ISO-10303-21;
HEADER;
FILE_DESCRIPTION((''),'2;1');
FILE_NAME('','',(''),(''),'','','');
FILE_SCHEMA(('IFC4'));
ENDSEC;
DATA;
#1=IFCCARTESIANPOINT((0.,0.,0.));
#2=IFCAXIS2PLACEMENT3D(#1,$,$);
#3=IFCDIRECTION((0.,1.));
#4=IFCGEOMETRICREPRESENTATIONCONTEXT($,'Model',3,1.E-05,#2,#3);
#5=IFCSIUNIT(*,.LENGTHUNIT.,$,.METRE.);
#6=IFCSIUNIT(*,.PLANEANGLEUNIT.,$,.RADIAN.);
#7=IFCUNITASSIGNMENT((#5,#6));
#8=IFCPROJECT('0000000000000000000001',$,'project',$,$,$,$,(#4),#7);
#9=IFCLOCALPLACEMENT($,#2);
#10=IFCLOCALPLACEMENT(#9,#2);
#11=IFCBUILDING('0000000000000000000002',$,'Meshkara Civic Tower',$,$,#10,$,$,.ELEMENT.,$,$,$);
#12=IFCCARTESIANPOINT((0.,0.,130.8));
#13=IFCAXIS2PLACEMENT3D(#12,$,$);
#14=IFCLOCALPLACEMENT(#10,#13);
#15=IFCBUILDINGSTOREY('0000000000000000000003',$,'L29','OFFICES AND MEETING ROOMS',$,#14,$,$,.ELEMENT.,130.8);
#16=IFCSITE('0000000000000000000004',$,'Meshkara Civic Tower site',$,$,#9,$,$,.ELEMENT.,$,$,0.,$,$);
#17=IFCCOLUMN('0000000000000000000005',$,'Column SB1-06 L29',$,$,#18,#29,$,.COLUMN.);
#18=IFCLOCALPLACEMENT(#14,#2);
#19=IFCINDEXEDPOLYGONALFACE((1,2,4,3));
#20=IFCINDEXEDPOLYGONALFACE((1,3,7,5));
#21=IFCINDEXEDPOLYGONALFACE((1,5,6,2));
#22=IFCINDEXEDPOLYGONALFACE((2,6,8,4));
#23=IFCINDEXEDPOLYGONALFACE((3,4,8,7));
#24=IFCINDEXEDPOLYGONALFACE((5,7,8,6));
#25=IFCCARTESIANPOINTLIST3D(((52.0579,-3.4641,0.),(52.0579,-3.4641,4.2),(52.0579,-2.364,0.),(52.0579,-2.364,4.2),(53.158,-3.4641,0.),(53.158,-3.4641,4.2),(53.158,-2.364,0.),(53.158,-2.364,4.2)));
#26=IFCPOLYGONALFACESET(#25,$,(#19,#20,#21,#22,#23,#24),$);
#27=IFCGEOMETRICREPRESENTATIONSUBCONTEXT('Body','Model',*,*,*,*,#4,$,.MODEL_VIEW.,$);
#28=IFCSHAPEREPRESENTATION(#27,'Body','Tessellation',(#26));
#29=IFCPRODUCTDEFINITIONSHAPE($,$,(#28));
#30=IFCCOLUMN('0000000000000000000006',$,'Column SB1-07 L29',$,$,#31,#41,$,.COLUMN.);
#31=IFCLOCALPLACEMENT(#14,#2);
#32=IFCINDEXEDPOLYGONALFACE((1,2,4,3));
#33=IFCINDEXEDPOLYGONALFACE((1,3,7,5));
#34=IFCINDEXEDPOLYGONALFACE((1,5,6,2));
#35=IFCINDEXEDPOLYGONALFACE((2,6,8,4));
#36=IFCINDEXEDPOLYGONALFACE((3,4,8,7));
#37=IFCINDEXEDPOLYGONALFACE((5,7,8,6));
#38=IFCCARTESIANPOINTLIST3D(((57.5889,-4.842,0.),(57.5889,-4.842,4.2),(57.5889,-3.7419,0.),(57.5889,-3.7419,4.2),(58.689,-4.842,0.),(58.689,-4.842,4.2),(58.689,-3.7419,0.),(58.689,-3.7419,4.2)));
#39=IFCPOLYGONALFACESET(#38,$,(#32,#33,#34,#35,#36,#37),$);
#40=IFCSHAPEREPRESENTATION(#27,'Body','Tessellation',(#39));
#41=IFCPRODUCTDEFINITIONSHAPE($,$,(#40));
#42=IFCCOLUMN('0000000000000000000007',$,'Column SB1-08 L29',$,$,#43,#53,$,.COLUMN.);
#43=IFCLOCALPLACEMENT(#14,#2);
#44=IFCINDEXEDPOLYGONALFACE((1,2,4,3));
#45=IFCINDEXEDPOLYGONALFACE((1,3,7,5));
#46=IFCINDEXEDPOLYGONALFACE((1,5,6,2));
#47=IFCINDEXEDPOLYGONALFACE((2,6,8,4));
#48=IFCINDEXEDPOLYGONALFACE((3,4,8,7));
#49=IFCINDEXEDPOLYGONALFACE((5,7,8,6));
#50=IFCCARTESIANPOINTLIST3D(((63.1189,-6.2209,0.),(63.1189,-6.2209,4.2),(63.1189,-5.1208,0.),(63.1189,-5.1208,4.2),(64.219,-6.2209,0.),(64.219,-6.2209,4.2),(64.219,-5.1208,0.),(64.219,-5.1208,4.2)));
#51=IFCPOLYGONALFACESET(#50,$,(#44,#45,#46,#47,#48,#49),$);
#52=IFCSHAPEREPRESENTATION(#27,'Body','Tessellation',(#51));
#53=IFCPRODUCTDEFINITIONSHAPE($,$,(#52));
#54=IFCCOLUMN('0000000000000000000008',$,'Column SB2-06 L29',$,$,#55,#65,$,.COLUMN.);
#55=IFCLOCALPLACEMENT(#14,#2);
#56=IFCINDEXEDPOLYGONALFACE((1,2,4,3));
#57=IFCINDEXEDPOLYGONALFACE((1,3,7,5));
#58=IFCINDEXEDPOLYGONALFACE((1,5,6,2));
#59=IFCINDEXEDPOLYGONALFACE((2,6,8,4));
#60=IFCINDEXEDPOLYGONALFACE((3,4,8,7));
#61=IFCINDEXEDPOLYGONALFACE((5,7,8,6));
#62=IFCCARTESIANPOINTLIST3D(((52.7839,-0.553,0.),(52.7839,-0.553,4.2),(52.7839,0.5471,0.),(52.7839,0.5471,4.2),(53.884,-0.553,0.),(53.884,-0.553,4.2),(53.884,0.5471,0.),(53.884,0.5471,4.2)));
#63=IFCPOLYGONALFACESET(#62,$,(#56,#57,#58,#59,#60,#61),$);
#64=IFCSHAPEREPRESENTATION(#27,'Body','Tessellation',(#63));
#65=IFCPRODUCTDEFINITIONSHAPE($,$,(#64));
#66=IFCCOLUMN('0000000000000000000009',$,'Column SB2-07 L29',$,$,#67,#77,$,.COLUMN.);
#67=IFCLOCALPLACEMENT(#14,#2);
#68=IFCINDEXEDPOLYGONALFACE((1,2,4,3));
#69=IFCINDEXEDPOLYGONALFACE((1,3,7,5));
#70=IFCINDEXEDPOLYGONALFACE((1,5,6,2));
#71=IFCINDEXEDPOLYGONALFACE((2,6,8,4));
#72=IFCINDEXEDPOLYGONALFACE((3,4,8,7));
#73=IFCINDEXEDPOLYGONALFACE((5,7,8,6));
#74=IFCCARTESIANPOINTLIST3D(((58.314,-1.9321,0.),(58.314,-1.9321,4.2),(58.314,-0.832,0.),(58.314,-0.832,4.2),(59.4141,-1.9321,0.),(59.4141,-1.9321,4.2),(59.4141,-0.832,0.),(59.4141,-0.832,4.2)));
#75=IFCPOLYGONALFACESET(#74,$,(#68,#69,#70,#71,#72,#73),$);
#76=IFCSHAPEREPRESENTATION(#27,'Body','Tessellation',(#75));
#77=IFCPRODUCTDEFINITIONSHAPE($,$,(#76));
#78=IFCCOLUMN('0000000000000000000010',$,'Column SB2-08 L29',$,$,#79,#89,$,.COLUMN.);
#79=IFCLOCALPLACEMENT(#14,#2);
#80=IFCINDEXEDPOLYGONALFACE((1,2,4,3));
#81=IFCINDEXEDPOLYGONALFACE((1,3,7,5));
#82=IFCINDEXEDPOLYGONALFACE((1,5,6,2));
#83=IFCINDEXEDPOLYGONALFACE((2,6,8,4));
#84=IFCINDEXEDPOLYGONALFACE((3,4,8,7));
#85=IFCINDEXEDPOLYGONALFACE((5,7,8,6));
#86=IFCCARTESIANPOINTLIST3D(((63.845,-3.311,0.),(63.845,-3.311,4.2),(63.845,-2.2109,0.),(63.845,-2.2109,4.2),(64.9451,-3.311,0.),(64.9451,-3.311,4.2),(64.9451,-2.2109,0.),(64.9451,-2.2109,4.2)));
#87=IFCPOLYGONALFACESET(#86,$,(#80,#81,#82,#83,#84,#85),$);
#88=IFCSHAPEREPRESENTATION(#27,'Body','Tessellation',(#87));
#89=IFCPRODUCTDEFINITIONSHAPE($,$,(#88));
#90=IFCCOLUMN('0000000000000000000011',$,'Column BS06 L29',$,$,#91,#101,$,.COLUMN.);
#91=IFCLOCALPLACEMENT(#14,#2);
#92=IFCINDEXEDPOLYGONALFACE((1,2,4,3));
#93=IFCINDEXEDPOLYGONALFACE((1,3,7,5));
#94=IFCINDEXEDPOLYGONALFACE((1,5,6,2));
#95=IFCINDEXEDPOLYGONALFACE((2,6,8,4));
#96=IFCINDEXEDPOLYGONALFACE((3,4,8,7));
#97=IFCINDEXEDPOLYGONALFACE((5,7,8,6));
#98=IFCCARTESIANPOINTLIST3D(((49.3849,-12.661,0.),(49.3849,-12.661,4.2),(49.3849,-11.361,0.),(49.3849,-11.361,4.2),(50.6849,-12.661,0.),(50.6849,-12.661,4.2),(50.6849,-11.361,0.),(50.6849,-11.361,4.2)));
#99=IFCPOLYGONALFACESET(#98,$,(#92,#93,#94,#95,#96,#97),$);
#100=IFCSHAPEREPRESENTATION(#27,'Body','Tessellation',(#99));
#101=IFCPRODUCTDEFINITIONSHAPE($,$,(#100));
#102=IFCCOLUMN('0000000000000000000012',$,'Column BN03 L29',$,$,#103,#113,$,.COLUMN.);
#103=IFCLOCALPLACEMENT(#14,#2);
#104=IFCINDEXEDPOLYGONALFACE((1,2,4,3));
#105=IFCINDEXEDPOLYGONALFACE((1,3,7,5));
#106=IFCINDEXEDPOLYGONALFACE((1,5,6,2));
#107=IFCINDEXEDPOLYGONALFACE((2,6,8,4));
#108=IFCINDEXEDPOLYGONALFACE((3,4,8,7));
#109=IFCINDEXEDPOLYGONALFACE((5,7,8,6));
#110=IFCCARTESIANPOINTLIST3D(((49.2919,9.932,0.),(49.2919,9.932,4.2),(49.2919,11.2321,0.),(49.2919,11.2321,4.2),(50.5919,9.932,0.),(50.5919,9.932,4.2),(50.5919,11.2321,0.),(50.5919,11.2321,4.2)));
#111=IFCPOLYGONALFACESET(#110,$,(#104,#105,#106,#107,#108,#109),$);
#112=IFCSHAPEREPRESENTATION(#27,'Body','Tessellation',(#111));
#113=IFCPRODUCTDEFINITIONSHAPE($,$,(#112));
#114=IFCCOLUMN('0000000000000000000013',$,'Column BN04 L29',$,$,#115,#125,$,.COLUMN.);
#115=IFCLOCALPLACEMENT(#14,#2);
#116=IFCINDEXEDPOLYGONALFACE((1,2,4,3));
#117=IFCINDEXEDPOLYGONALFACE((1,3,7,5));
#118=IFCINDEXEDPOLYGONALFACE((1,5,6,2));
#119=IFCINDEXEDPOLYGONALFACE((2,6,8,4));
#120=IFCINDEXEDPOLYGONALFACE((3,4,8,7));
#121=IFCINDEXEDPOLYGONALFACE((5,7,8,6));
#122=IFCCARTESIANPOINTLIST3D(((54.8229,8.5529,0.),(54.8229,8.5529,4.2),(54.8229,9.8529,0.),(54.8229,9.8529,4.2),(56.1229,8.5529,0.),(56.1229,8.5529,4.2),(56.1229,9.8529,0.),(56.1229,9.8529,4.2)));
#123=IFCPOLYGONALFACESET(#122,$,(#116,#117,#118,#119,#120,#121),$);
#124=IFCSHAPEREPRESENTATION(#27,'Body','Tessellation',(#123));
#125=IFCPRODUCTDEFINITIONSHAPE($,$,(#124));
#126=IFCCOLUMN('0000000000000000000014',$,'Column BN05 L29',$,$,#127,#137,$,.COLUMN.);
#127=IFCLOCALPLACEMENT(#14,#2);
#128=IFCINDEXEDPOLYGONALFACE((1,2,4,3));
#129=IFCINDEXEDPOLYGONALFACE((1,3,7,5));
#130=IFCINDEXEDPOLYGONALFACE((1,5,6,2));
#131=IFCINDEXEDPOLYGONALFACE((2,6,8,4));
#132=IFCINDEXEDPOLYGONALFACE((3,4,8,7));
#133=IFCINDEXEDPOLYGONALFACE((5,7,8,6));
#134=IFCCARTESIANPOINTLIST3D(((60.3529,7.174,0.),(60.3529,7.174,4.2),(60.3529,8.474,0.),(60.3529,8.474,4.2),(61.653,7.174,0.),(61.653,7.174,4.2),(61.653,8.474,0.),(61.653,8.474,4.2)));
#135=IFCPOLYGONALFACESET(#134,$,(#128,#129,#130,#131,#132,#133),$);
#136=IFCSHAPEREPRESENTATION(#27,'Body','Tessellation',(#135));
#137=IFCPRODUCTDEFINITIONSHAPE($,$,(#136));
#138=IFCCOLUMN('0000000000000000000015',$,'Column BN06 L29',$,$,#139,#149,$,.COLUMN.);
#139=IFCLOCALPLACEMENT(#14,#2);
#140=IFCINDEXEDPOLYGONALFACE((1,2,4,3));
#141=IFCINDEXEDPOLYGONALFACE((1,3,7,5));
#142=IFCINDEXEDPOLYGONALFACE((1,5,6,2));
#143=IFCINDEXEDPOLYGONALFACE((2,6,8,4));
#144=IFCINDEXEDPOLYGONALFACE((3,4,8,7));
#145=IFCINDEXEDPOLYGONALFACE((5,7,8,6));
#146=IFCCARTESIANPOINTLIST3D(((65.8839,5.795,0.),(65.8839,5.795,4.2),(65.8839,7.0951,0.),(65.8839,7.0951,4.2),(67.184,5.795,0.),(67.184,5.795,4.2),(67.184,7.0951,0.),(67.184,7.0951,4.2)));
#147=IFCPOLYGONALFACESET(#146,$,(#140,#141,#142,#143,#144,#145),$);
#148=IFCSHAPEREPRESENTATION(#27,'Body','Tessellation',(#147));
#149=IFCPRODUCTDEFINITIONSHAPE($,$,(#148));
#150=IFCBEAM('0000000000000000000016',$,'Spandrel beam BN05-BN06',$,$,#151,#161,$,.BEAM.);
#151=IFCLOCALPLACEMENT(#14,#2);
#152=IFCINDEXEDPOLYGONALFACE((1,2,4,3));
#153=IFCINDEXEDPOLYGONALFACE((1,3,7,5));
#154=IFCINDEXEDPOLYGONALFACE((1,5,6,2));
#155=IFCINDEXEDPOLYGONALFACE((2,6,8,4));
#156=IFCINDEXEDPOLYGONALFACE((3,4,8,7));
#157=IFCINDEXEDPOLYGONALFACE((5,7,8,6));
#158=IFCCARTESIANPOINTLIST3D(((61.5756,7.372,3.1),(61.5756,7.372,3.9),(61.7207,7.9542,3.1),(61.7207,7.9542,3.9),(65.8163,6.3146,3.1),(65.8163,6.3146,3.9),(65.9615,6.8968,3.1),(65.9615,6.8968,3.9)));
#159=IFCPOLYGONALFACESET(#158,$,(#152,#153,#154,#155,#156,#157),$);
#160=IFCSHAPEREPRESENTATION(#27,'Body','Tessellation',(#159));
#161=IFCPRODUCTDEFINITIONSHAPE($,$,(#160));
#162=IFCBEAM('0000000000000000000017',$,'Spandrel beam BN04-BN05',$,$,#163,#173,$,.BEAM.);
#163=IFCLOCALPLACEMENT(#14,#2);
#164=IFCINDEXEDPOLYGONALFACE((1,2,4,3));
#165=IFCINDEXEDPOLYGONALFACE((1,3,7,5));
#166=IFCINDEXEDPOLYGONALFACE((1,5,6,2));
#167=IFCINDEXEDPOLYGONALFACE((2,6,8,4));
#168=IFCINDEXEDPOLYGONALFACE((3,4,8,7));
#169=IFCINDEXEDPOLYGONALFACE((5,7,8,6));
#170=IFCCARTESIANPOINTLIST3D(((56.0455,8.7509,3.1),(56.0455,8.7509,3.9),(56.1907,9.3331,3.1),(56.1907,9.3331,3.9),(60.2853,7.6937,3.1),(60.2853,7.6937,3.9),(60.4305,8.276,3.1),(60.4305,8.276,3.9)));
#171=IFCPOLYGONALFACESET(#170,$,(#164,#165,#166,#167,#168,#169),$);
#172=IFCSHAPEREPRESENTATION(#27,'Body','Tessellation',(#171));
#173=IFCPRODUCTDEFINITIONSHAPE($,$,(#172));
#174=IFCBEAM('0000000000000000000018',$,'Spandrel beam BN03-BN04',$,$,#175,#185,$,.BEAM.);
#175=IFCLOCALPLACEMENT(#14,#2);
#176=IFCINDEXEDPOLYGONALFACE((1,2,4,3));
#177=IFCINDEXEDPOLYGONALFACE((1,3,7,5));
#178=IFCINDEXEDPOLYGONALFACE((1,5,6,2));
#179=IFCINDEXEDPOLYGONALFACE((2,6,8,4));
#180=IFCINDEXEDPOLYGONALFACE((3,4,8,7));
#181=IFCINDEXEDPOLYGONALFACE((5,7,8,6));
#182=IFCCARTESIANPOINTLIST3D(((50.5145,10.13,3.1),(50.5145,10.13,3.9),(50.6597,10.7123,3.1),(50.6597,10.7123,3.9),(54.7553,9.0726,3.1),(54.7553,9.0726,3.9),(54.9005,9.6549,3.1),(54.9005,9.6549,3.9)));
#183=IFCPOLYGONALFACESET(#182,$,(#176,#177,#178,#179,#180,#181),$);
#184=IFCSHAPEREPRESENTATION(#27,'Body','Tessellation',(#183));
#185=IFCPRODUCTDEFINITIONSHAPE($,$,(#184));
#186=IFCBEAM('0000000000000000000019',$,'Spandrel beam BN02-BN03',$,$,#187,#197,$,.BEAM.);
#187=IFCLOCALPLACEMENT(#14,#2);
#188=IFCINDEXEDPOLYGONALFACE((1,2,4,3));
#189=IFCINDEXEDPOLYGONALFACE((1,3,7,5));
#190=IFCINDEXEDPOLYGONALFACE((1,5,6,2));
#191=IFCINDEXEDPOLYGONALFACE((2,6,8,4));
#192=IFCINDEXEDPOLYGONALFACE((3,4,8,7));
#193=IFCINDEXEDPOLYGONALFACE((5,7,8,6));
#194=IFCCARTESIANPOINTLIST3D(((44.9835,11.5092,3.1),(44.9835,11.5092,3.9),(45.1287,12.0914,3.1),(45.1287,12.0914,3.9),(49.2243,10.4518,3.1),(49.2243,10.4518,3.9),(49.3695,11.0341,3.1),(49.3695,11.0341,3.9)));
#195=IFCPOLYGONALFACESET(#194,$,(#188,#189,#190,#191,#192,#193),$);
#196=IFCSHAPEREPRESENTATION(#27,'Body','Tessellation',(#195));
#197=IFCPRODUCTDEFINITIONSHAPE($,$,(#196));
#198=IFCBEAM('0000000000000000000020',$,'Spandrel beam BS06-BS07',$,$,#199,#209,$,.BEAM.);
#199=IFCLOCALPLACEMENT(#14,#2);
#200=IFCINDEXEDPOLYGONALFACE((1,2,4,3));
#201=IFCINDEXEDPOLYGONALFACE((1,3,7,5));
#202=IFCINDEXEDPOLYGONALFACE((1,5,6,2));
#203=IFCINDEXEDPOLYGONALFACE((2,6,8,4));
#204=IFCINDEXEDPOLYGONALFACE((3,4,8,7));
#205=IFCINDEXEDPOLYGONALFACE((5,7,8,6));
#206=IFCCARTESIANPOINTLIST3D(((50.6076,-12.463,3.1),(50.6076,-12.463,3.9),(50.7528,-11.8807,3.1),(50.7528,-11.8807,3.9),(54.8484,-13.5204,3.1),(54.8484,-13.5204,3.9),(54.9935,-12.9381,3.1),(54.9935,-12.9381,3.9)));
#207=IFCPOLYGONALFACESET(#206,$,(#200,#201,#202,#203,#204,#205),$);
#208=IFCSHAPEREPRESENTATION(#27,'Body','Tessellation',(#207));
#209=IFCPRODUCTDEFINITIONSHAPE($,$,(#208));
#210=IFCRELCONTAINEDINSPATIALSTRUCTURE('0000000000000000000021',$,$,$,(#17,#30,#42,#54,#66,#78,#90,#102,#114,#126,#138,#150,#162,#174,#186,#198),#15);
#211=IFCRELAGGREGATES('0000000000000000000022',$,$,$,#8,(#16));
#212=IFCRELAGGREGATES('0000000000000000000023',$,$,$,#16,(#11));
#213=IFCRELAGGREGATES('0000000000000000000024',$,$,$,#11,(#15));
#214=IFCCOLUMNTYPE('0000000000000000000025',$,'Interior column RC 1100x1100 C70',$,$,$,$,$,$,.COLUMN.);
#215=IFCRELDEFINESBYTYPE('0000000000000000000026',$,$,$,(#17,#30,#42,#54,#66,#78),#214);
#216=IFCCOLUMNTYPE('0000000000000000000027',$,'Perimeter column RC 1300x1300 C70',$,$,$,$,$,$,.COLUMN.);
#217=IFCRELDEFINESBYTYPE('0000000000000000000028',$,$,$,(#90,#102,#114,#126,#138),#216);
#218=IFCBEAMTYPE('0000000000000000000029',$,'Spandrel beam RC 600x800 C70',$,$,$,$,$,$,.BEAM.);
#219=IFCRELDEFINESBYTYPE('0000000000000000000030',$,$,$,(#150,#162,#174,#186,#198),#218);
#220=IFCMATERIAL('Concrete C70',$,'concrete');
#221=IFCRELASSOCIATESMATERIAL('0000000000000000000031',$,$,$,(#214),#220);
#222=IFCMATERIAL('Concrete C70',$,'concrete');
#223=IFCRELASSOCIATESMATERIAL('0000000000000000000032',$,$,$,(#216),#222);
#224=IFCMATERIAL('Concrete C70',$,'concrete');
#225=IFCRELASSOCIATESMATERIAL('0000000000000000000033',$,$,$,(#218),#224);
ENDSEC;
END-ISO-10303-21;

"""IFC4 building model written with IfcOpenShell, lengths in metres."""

from ifc_helpers import new_model, si_unit, direction, frame, origin, origin_2d, place, context, subcontext, project, spatial, rectangle, extrude, material, material_profile, profile_set, type_object, element, save


model = new_model("IFC4")

# Units and contexts
model_context = context("Model", 3, precision=1e-05, world=origin(), true_north=direction((0.0, 1.0)))
body_context = subcontext(model_context, "Body", "Model", "MODEL_VIEW")
ifc_project = project(units=[si_unit("LENGTHUNIT", "METRE"), si_unit("PLANEANGLEUNIT", "RADIAN")], contexts=[model_context])

# Site, building, storey
site_placement = place(None, origin())
site = spatial("IfcSite", under=ifc_project, at=site_placement, Name="Meshkara Civic Tower site", CompositionType="ELEMENT", RefElevation=0.0)
building_placement = place(site_placement, origin())
building = spatial("IfcBuilding", under=site, at=building_placement, Name="Meshkara Civic Tower", CompositionType="ELEMENT")
storey_placement = place(building_placement, frame((0.0, 0.0, 130.8)))
storey = spatial("IfcBuildingStorey", under=building, at=storey_placement, Name="L29", Description="OFFICES AND MEETING ROOMS", CompositionType="ELEMENT", Elevation=130.8)

# Columns
ifc_material_1 = material(Name="Concrete C70", Category="concrete")
ifc_material_profile_1 = material_profile(ifc_material_1, rectangle(XDim=1.1001, YDim=1.1001, at=origin_2d()))
ifc_profile_set_1 = profile_set([ifc_material_profile_1], Name="Concrete C70")
column_type_1 = type_object("IfcColumnType", Name="Interior column RC 1100x1100 C70", PredefinedType="COLUMN", material=ifc_profile_set_1)
for number, where, z_axis, x_axis, name in (
    (1, (52.6079, -2.9141, 0.0), (0.0, 0.0, 1.0), (1.0, 0.0, 0.0), "Column SB1-06 L29"),
    (2, (58.1389, -4.292, 0.0), (0.0, 0.0, 1.0), (1.0, 0.0, 0.0), "Column SB1-07 L29"),
    (3, (63.6689, -5.6709, 0.0), (0.0, 0.0, 1.0), (1.0, 0.0, 0.0), "Column SB1-08 L29"),
    (4, (53.334, -0.0029, 0.0), (0.0, 0.0, 1.0), (1.0, 0.0, 0.0), "Column SB2-06 L29"),
    (5, (58.864, -1.3821, 0.0), (0.0, 0.0, 1.0), (1.0, 0.0, 0.0), "Column SB2-07 L29"),
    (6, (64.395, -2.761, 0.0), (0.0, 0.0, 1.0), (1.0, 0.0, 0.0), "Column SB2-08 L29"),
):
    element("IfcColumn", number, at=place(storey_placement, frame(where, z_axis=z_axis, x_axis=x_axis)), inside=storey, type_object=column_type_1, Name=name, PredefinedType="COLUMN", context=body_context, shape_type="SweptSolid", body=[
        extrude(rectangle(XDim=1.1001, YDim=1.1001, at=origin_2d()), origin(), (0.0, 0.0, 1.0), 4.2),
    ])
ifc_material_2 = material(Name="Concrete C70", Category="concrete")
ifc_material_profile_2 = material_profile(ifc_material_2, rectangle(XDim=1.3, YDim=1.3, at=origin_2d()))
ifc_profile_set_2 = profile_set([ifc_material_profile_2], Name="Concrete C70")
column_type_2 = type_object("IfcColumnType", Name="Perimeter column RC 1300x1300 C70", PredefinedType="COLUMN", material=ifc_profile_set_2)
for number, where, z_axis, x_axis, name in (
    (7, (50.0349, -12.011, 0.0), (0.0, 0.0, 1.0), (1.0, 0.0, 0.0), "Column BS06 L29"),
    (8, (49.9419, 10.582, 0.0), (0.0, 0.0, 1.0), (1.0, 0.0, 0.0), "Column BN03 L29"),
    (9, (55.4729, 9.2029, 0.0), (0.0, 0.0, 1.0), (1.0, 0.0, 0.0), "Column BN04 L29"),
    (10, (61.0029, 7.824, 0.0), (0.0, 0.0, 1.0), (1.0, 0.0, 0.0), "Column BN05 L29"),
    (11, (66.5339, 6.4451, 0.0), (0.0, 0.0, 1.0), (1.0, 0.0, 0.0), "Column BN06 L29"),
):
    element("IfcColumn", number, at=place(storey_placement, frame(where, z_axis=z_axis, x_axis=x_axis)), inside=storey, type_object=column_type_2, Name=name, PredefinedType="COLUMN", context=body_context, shape_type="SweptSolid", body=[
        extrude(rectangle(XDim=1.3, YDim=1.3, at=origin_2d()), origin(), (0.0, 0.0, 1.0), 4.2),
    ])

# Beams
ifc_material_3 = material(Name="Concrete C70", Category="concrete")
ifc_material_profile_3 = material_profile(ifc_material_3, rectangle(XDim=0.6001, YDim=0.8, at=origin_2d()))
ifc_profile_set_3 = profile_set([ifc_material_profile_3], Name="Concrete C70")
beam_type = type_object("IfcBeamType", Name="Spandrel beam RC 600x800 C70", PredefinedType="BEAM", material=ifc_profile_set_3)
beam_1_placement = place(storey_placement, frame((65.8889, 6.6057, 3.5), z_axis=(-0.970293, 0.241931, 0.0), x_axis=(-0.241931, -0.970293, 0.0)))
element("IfcBeam", 12, at=beam_1_placement, inside=storey, type_object=beam_type, Name="Spandrel beam BN05-BN06", PredefinedType="BEAM", context=body_context, shape_type="SweptSolid", body=[
    extrude(rectangle(XDim=0.6001, YDim=0.8, at=origin_2d()), origin(), (0.0, 0.0, 1.0), 4.3706),
])
beam_2_placement = place(storey_placement, frame((60.3579, 7.9849, 3.5), z_axis=(-0.970293, 0.241931, 0.0), x_axis=(-0.241931, -0.970293, 0.0)))
element("IfcBeam", 13, at=beam_2_placement, inside=storey, type_object=beam_type, Name="Spandrel beam BN04-BN05", PredefinedType="BEAM", context=body_context, shape_type="SweptSolid", body=[
    extrude(rectangle(XDim=0.6001, YDim=0.8, at=origin_2d()), origin(), (0.0, 0.0, 1.0), 4.3696),
])
for number, where, z_axis, x_axis, name in (
    (14, (54.8279, 9.3638, 3.5), (-0.970293, 0.241931, 0.0), (-0.241931, -0.970293, 0.0), "Spandrel beam BN03-BN04"),
    (15, (49.2969, 10.7429, 3.5), (-0.970293, 0.241931, 0.0), (-0.241931, -0.970293, 0.0), "Spandrel beam BN02-BN03"),
    (16, (50.6802, -12.1719, 3.5), (0.970293, -0.241931, 0.0), (0.241931, 0.970293, 0.0), "Spandrel beam BS06-BS07"),
):
    element("IfcBeam", number, at=place(storey_placement, frame(where, z_axis=z_axis, x_axis=x_axis)), inside=storey, type_object=beam_type, Name=name, PredefinedType="BEAM", context=body_context, shape_type="SweptSolid", body=[
        extrude(rectangle(XDim=0.6001, YDim=0.8, at=origin_2d()), origin(), (0.0, 0.0, 1.0), 4.3706),
    ])

save(model, "model.ifc")
